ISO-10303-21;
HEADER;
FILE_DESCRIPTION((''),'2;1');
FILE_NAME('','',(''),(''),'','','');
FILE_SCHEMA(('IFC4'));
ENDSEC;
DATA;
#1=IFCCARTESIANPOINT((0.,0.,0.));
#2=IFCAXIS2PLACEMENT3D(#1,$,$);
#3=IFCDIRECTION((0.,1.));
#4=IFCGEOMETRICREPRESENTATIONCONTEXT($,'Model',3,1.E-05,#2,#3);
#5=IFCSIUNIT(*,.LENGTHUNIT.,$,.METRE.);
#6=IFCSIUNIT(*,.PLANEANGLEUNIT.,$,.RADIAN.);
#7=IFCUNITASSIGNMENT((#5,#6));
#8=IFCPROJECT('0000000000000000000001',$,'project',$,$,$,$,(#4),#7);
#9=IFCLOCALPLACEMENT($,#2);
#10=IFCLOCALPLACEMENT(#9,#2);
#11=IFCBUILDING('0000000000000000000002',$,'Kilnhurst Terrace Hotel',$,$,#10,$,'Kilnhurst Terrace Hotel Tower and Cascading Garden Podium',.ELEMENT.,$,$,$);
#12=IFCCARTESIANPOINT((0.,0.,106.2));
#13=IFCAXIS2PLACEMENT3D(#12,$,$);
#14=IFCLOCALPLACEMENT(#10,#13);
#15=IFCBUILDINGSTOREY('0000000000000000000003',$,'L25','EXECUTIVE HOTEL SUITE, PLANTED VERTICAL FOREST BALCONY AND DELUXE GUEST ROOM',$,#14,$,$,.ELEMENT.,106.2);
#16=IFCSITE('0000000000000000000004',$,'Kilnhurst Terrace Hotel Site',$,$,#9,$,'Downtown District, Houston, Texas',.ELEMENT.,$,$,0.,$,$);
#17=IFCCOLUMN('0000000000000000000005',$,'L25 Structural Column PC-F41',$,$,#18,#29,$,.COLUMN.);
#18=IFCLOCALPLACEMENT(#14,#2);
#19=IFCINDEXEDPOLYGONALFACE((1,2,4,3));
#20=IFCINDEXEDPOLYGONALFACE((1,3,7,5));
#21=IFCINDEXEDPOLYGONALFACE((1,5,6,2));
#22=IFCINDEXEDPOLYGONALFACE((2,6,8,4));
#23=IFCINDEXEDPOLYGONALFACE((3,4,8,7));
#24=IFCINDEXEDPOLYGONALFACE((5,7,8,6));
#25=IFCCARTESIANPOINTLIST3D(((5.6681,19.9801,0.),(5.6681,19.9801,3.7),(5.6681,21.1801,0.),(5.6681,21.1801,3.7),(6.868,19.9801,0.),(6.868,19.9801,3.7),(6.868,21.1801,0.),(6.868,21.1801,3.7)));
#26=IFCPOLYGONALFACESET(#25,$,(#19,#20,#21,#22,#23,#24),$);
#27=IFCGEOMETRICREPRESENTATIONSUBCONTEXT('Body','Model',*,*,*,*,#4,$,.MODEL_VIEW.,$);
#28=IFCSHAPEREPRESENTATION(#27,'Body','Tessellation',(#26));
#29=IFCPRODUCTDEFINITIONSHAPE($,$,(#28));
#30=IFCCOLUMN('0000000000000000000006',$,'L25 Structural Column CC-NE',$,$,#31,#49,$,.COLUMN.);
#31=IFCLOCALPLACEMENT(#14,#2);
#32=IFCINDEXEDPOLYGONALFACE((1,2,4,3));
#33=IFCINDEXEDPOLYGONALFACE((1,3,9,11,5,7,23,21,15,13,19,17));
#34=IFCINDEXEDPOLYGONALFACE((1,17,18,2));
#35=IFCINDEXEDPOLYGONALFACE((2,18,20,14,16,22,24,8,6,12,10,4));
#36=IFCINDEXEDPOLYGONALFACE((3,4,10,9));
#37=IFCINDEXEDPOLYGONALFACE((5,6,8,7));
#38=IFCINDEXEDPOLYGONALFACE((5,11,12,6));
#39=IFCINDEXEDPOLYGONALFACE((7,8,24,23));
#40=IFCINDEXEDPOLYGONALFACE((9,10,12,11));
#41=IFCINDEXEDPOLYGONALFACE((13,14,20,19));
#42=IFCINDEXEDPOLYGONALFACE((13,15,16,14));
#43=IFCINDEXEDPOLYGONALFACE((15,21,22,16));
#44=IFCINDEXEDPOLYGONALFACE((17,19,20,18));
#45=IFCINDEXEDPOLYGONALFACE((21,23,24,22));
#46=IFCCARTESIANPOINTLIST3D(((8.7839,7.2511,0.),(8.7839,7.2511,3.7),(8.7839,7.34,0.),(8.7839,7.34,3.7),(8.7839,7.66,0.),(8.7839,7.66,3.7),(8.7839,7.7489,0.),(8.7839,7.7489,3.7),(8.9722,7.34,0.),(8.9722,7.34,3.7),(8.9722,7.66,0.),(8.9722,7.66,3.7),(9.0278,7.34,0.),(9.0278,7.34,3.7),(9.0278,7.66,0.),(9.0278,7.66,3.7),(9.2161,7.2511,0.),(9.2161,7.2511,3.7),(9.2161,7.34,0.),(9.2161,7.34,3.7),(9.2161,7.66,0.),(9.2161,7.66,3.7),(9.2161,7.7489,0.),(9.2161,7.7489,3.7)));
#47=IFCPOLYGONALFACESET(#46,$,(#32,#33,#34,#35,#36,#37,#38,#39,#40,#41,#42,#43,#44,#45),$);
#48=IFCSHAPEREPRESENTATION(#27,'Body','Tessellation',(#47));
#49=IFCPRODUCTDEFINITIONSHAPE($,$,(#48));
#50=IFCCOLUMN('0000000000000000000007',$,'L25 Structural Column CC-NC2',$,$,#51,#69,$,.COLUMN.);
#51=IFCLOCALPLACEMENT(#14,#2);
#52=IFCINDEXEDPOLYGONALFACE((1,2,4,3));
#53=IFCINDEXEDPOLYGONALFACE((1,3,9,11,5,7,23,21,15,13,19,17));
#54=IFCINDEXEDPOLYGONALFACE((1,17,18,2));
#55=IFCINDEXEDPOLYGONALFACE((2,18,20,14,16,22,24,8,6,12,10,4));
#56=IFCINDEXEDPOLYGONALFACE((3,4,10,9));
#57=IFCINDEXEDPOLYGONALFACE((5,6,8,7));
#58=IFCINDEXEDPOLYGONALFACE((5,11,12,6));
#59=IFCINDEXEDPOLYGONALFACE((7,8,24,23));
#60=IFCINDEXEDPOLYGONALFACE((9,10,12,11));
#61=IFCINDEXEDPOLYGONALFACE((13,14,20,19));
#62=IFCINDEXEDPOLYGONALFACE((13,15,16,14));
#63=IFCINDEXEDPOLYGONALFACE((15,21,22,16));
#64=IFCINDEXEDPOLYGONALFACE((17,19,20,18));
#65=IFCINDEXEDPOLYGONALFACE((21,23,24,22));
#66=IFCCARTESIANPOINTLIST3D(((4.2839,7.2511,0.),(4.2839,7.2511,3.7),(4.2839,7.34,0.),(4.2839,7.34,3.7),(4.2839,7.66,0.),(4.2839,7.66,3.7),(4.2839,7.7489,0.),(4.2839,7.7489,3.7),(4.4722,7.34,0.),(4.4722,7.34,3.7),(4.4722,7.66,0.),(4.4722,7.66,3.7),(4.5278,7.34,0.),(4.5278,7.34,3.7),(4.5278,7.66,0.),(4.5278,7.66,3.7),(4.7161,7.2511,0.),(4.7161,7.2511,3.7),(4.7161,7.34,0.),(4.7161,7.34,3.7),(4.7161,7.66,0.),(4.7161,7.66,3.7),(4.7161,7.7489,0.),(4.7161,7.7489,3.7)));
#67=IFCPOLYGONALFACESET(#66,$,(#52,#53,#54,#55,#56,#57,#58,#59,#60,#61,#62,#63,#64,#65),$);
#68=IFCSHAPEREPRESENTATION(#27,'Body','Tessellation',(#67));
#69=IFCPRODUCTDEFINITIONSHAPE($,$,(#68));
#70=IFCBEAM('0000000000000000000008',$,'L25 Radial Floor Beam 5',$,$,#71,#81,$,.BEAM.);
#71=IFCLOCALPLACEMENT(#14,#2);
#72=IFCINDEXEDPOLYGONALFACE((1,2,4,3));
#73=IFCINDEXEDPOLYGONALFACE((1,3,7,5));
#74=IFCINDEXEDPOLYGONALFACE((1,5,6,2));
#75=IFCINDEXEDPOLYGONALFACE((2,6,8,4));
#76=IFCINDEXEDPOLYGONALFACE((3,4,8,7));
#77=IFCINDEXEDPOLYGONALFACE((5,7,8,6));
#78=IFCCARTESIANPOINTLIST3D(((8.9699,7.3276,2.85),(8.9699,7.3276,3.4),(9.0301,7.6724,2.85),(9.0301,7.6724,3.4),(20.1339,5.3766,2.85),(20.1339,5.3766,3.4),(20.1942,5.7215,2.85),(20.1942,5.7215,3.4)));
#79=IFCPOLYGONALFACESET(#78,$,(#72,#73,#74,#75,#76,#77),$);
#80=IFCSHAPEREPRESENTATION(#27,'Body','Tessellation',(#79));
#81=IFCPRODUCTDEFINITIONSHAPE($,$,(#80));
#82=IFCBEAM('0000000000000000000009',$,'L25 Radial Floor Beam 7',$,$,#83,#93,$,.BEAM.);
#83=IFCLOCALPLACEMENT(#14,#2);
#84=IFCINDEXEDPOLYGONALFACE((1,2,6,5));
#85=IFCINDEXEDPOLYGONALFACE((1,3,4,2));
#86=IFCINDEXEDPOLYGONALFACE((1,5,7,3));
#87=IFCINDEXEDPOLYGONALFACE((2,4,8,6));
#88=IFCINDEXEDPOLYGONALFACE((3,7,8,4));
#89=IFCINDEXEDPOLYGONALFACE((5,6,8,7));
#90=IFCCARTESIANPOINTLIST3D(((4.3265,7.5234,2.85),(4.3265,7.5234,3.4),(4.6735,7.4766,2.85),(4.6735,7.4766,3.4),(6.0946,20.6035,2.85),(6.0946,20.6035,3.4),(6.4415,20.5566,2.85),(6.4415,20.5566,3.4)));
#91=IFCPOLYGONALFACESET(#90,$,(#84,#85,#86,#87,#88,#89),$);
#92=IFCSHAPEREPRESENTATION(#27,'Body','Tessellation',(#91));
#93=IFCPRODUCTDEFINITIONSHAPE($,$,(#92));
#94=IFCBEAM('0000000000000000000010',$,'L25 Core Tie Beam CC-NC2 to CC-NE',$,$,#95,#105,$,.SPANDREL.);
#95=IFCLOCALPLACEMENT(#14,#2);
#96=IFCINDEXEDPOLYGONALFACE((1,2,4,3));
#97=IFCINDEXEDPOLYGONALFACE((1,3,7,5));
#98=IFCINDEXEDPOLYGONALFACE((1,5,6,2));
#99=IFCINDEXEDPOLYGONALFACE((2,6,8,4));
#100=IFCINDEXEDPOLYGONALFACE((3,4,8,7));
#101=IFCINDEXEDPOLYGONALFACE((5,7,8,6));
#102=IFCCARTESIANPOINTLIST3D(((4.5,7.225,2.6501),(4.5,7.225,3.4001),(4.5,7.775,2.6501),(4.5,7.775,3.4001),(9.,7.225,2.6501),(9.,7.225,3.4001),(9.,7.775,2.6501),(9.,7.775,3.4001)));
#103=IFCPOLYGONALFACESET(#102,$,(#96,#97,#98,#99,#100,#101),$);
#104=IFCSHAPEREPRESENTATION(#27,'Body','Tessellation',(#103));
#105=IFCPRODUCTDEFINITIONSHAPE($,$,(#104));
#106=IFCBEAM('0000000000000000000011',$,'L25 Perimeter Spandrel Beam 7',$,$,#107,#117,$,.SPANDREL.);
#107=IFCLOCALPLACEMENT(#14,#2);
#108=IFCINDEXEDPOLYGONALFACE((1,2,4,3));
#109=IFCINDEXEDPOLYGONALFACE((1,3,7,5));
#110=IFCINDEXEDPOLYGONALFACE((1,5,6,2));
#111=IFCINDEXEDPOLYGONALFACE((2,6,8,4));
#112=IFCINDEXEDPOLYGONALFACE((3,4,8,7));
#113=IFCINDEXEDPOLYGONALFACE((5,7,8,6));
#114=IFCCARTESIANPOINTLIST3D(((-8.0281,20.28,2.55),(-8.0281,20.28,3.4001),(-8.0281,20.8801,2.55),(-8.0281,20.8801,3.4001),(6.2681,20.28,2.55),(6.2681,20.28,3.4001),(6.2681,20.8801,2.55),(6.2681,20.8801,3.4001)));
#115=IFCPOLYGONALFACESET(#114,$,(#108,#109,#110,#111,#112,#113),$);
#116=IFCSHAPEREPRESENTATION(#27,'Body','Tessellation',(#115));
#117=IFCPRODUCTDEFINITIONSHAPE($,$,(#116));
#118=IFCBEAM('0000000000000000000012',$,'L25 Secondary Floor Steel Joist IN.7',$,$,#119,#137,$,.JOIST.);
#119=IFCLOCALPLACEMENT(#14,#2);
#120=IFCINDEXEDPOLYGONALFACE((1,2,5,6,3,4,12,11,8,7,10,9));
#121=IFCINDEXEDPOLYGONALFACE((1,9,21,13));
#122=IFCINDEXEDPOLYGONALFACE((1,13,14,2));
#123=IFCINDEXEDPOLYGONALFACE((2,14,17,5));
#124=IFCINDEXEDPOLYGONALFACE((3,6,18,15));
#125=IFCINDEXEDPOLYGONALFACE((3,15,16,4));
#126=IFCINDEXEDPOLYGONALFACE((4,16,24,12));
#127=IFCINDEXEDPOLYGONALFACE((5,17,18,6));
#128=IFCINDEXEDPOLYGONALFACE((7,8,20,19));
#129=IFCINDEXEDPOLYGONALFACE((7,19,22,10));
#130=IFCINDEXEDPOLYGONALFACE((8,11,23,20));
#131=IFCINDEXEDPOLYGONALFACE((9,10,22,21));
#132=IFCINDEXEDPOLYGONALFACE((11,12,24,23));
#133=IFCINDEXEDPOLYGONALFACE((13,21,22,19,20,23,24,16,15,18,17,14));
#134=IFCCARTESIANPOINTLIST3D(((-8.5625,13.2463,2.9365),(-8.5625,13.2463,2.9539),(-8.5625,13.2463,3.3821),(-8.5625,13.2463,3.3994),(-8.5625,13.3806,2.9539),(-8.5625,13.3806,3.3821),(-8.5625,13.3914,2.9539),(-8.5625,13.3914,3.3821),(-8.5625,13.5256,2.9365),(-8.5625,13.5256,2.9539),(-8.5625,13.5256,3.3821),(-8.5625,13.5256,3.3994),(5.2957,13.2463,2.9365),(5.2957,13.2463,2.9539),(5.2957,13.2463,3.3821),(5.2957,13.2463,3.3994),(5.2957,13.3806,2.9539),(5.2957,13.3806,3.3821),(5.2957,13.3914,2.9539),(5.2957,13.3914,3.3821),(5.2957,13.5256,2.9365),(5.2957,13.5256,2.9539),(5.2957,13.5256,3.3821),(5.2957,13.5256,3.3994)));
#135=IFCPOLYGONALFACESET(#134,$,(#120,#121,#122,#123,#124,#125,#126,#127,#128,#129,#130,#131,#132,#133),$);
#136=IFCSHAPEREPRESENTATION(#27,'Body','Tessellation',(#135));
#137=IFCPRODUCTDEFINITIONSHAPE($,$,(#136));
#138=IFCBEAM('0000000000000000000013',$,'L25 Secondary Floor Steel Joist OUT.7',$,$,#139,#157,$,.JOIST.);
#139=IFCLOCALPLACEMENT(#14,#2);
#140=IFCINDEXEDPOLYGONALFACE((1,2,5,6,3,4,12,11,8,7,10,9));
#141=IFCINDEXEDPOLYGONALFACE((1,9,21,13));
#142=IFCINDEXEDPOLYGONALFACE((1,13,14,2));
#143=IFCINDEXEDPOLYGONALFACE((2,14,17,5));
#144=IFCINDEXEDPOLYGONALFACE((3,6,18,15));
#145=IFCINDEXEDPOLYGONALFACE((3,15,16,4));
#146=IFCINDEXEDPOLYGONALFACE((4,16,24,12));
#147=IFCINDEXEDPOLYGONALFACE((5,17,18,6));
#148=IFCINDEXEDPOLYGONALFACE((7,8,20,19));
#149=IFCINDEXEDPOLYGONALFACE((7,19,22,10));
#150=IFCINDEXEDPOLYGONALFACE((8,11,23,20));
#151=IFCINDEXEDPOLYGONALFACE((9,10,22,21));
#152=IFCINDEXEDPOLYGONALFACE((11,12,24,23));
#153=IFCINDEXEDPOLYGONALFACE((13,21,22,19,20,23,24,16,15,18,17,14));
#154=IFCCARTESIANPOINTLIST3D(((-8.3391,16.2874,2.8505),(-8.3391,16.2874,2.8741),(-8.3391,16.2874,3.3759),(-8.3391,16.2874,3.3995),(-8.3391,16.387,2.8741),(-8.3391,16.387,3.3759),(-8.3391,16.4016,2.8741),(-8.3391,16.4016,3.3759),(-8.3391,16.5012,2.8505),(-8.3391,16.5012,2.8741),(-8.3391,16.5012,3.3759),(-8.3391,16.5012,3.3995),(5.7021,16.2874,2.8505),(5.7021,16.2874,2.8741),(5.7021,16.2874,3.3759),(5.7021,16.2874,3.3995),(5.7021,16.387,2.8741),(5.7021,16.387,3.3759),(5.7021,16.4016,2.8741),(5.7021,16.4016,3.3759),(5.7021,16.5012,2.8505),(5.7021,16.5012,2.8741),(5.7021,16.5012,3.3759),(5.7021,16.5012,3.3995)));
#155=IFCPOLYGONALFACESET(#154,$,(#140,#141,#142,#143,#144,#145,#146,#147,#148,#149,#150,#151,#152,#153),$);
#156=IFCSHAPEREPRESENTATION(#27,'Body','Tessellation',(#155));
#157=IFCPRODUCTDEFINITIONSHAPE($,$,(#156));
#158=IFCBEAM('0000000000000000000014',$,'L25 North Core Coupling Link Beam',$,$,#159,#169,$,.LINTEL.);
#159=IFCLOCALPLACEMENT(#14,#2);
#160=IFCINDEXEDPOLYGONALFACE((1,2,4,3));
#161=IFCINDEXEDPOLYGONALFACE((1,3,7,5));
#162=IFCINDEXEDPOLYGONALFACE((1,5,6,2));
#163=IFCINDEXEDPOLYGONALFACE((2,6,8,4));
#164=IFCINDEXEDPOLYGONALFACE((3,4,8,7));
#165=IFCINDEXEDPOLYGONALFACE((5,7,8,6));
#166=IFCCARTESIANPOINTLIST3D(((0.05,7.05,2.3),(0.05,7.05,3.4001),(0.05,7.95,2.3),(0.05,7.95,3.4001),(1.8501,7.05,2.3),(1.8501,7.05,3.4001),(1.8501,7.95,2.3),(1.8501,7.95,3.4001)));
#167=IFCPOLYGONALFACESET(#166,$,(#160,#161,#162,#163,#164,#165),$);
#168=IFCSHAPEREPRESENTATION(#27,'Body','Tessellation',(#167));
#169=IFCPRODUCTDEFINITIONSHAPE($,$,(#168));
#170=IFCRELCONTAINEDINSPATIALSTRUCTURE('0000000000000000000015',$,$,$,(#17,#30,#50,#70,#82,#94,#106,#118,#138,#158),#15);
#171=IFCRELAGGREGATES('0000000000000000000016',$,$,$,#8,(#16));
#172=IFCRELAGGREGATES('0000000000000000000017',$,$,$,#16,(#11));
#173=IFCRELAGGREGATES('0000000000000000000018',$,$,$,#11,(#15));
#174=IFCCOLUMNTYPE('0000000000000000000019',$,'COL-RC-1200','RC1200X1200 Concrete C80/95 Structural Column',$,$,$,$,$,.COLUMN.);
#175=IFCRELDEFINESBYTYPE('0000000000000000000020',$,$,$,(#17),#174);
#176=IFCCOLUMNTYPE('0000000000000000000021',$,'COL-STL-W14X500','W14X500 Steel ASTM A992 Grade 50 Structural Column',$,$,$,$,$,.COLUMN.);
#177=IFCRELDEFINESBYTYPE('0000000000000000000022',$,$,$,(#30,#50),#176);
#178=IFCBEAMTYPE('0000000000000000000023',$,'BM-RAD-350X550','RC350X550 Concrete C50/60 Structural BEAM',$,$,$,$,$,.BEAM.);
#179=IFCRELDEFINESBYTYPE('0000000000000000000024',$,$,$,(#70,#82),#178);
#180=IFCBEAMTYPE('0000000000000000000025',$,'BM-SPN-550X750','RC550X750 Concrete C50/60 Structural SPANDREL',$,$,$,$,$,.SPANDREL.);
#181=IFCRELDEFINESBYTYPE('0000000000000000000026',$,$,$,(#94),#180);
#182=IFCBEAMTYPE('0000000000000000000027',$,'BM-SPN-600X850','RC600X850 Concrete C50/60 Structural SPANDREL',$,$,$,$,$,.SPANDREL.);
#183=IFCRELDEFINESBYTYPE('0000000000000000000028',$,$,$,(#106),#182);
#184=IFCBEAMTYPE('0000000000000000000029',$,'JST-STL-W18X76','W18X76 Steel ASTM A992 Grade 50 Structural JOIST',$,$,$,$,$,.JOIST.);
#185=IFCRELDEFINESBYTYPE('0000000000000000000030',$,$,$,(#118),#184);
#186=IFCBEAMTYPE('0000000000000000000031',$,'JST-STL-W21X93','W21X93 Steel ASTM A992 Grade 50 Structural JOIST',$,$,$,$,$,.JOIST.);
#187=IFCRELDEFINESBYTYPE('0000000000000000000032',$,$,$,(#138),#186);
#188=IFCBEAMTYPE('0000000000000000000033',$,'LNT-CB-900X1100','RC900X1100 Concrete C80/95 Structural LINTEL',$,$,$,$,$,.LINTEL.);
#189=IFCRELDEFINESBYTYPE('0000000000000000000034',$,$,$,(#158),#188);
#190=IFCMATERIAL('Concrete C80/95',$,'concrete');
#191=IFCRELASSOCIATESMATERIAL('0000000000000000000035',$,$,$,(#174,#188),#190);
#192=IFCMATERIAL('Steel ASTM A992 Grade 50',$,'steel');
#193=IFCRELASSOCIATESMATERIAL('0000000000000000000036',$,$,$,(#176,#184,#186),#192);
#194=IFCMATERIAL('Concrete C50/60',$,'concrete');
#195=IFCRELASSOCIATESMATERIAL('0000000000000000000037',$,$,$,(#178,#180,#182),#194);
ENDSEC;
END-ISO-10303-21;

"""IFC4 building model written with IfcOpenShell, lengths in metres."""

from ifc_helpers import new_model, si_unit, direction, frame, origin, origin_2d, place, context, subcontext, project, spatial, rectangle, i_section, extrude, material, material_profile, profile_set, type_object, element, save


model = new_model("IFC4")

# Units and contexts
model_context = context("Model", 3, precision=1e-05, world=origin(), true_north=direction((0.0, 1.0)))
body_context = subcontext(model_context, "Body", "Model", "MODEL_VIEW")
ifc_project = project(units=[si_unit("LENGTHUNIT", "METRE"), si_unit("PLANEANGLEUNIT", "RADIAN")], contexts=[model_context])

# Site, building, storey
site_placement = place(None, origin())
site = spatial("IfcSite", under=ifc_project, at=site_placement, Name="Kilnhurst Terrace Hotel Site", LongName="Downtown District, Houston, Texas", CompositionType="ELEMENT", RefElevation=0.0)
building_placement = place(site_placement, origin())
building = spatial("IfcBuilding", under=site, at=building_placement, Name="Kilnhurst Terrace Hotel", LongName="Kilnhurst Terrace Hotel Tower and Cascading Garden Podium", CompositionType="ELEMENT")
storey_placement = place(building_placement, frame((0.0, 0.0, 106.2)))
storey = spatial("IfcBuildingStorey", under=building, at=storey_placement, Name="L25", Description="EXECUTIVE HOTEL SUITE, PLANTED VERTICAL FOREST BALCONY AND DELUXE GUEST ROOM", CompositionType="ELEMENT", Elevation=106.2)

# Columns
ifc_material_1 = material(Name="Concrete C80/95", Category="concrete")
ifc_material_profile_1 = material_profile(ifc_material_1, rectangle(XDim=1.2, YDim=1.2, at=origin_2d()), Name="RC1200X1200")
ifc_profile_set_1 = profile_set([ifc_material_profile_1], Name="Concrete C80/95")
column_type_1 = type_object("IfcColumnType", Name="COL-RC-1200", Description="RC1200X1200 Concrete C80/95 Structural Column", PredefinedType="COLUMN", material=ifc_profile_set_1)
column_placement = place(storey_placement, frame((6.2681, 20.5801, 0.0), z_axis=(0.0, 0.0, 1.0), x_axis=(1.0, 0.0, 0.0)))
element("IfcColumn", 1, at=column_placement, inside=storey, type_object=column_type_1, Name="L25 Structural Column PC-F41", PredefinedType="COLUMN", context=body_context, shape_type="SweptSolid", body=[
    extrude(rectangle(XDim=1.2, YDim=1.2, at=origin_2d()), origin(), (0.0, 0.0, 1.0), 3.7),
])
ifc_material_2 = material(Name="Steel ASTM A992 Grade 50", Category="steel")
ifc_material_profile_2 = material_profile(ifc_material_2, i_section(OverallWidth=0.4321, OverallDepth=0.4978, WebThickness=0.0557, FlangeThickness=0.0889, at=origin_2d()), Name="W14X500")
ifc_profile_set_2 = profile_set([ifc_material_profile_2], Name="Steel ASTM A992 Grade 50")
column_type_2 = type_object("IfcColumnType", Name="COL-STL-W14X500", Description="W14X500 Steel ASTM A992 Grade 50 Structural Column", PredefinedType="COLUMN", material=ifc_profile_set_2)
for number, where, z_axis, x_axis, name in (
    (2, (9.0, 7.5, 0.0), (0.0, 0.0, 1.0), (1.0, 0.0, 0.0), "L25 Structural Column CC-NE"),
    (3, (4.5, 7.5, 0.0), (0.0, 0.0, 1.0), (1.0, 0.0, 0.0), "L25 Structural Column CC-NC2"),
):
    element("IfcColumn", number, at=place(storey_placement, frame(where, z_axis=z_axis, x_axis=x_axis)), inside=storey, type_object=column_type_2, Name=name, PredefinedType="COLUMN", context=body_context, shape_type="SweptSolid", body=[
        extrude(i_section(OverallWidth=0.4321, OverallDepth=0.4978, WebThickness=0.0557, FlangeThickness=0.0889, at=origin_2d()), origin(), (0.0, 0.0, 1.0), 3.7),
    ])

# Beams
ifc_material_3 = material(Name="Concrete C50/60", Category="concrete")
ifc_material_profile_3 = material_profile(ifc_material_3, rectangle(XDim=0.3501, YDim=0.55, at=origin_2d()), Name="RC350X550")
ifc_profile_set_3 = profile_set([ifc_material_profile_3], Name="Concrete C50/60")
beam_type_1 = type_object("IfcBeamType", Name="BM-RAD-350X550", Description="RC350X550 Concrete C50/60 Structural BEAM", PredefinedType="BEAM", material=ifc_profile_set_3)
beam_1_placement = place(storey_placement, frame((9.0, 7.5, 3.125), z_axis=(0.985072, -0.172142, 0.0), x_axis=(0.172142, 0.985072, 0.0)))
element("IfcBeam", 4, at=beam_1_placement, inside=storey, type_object=beam_type_1, Name="L25 Radial Floor Beam 5", PredefinedType="BEAM", context=body_context, shape_type="SweptSolid", body=[
    extrude(rectangle(XDim=0.3501, YDim=0.55, at=origin_2d()), origin(), (0.0, 0.0, 1.0), 11.3333),
])
beam_2_placement = place(storey_placement, frame((4.5, 7.5, 3.125), z_axis=(0.133954, 0.990988, 0.0), x_axis=(-0.990988, 0.133954, 0.0)))
element("IfcBeam", 5, at=beam_2_placement, inside=storey, type_object=beam_type_1, Name="L25 Radial Floor Beam 7", PredefinedType="BEAM", context=body_context, shape_type="SweptSolid", body=[
    extrude(rectangle(XDim=0.3501, YDim=0.55, at=origin_2d()), origin(), (0.0, 0.0, 1.0), 13.199),
])
ifc_material_profile_4 = material_profile(ifc_material_3, rectangle(XDim=0.55, YDim=0.75, at=origin_2d()), Name="RC550X750")
ifc_profile_set_4 = profile_set([ifc_material_profile_4], Name="Concrete C50/60")
beam_type_2 = type_object("IfcBeamType", Name="BM-SPN-550X750", Description="RC550X750 Concrete C50/60 Structural SPANDREL", PredefinedType="SPANDREL", material=ifc_profile_set_4)
beam_3_placement = place(storey_placement, frame((4.5, 7.5, 3.0251), z_axis=(1.0, 0.0, 0.0), x_axis=(0.0, 1.0, 0.0)))
element("IfcBeam", 6, at=beam_3_placement, inside=storey, type_object=beam_type_2, Name="L25 Core Tie Beam CC-NC2 to CC-NE", PredefinedType="SPANDREL", context=body_context, shape_type="SweptSolid", body=[
    extrude(rectangle(XDim=0.55, YDim=0.75, at=origin_2d()), origin(), (0.0, 0.0, 1.0), 4.5),
])
ifc_material_profile_5 = material_profile(ifc_material_3, rectangle(XDim=0.6001, YDim=0.8501, at=origin_2d()), Name="RC600X850")
ifc_profile_set_5 = profile_set([ifc_material_profile_5], Name="Concrete C50/60")
beam_type_3 = type_object("IfcBeamType", Name="BM-SPN-600X850", Description="RC600X850 Concrete C50/60 Structural SPANDREL", PredefinedType="SPANDREL", material=ifc_profile_set_5)
beam_4_placement = place(storey_placement, frame((6.2681, 20.5801, 2.9751), z_axis=(-1.0, 0.0, 0.0), x_axis=(0.0, -1.0, 0.0)))
element("IfcBeam", 7, at=beam_4_placement, inside=storey, type_object=beam_type_3, Name="L25 Perimeter Spandrel Beam 7", PredefinedType="SPANDREL", context=body_context, shape_type="SweptSolid", body=[
    extrude(rectangle(XDim=0.6001, YDim=0.8501, at=origin_2d()), origin(), (0.0, 0.0, 1.0), 14.2961),
])
ifc_material_profile_6 = material_profile(ifc_material_2, i_section(OverallWidth=0.2793, OverallDepth=0.4629, WebThickness=0.0107, FlangeThickness=0.0173, at=origin_2d()), Name="W18X76")
ifc_profile_set_6 = profile_set([ifc_material_profile_6], Name="Steel ASTM A992 Grade 50")
beam_type_4 = type_object("IfcBeamType", Name="JST-STL-W18X76", Description="W18X76 Steel ASTM A992 Grade 50 Structural JOIST", PredefinedType="JOIST", material=ifc_profile_set_6)
beam_5_placement = place(storey_placement, frame((5.2957, 13.386, 3.168), z_axis=(-1.0, 0.0, 0.0), x_axis=(0.0, -1.0, 0.0)))
element("IfcBeam", 8, at=beam_5_placement, inside=storey, type_object=beam_type_4, Name="L25 Secondary Floor Steel Joist IN.7", PredefinedType="JOIST", context=body_context, shape_type="SweptSolid", body=[
    extrude(i_section(OverallWidth=0.2793, OverallDepth=0.4629, WebThickness=0.0107, FlangeThickness=0.0173, at=origin_2d()), origin(), (0.0, 0.0, 1.0), 13.8582),
])
ifc_material_profile_7 = material_profile(ifc_material_2, i_section(OverallWidth=0.2139, OverallDepth=0.5491, WebThickness=0.0146, FlangeThickness=0.0237, at=origin_2d()), Name="W21X93")
ifc_profile_set_7 = profile_set([ifc_material_profile_7], Name="Steel ASTM A992 Grade 50")
beam_type_5 = type_object("IfcBeamType", Name="JST-STL-W21X93", Description="W21X93 Steel ASTM A992 Grade 50 Structural JOIST", PredefinedType="JOIST", material=ifc_profile_set_7)
beam_6_placement = place(storey_placement, frame((5.7021, 16.3943, 3.125), z_axis=(-1.0, 0.0, 0.0), x_axis=(0.0, -1.0, 0.0)))
element("IfcBeam", 9, at=beam_6_placement, inside=storey, type_object=beam_type_5, Name="L25 Secondary Floor Steel Joist OUT.7", PredefinedType="JOIST", context=body_context, shape_type="SweptSolid", body=[
    extrude(i_section(OverallWidth=0.2139, OverallDepth=0.5491, WebThickness=0.0146, FlangeThickness=0.0237, at=origin_2d()), origin(), (0.0, 0.0, 1.0), 14.0413),
])
ifc_material_profile_8 = material_profile(ifc_material_1, rectangle(XDim=0.8999, YDim=1.1001, at=origin_2d()), Name="RC900X1100")
ifc_profile_set_8 = profile_set([ifc_material_profile_8], Name="Concrete C80/95")
beam_type_6 = type_object("IfcBeamType", Name="LNT-CB-900X1100", Description="RC900X1100 Concrete C80/95 Structural LINTEL", PredefinedType="LINTEL", material=ifc_profile_set_8)
beam_7_placement = place(storey_placement, frame((0.05, 7.5, 2.8501), z_axis=(1.0, 0.0, 0.0), x_axis=(0.0, 1.0, 0.0)))
element("IfcBeam", 10, at=beam_7_placement, inside=storey, type_object=beam_type_6, Name="L25 North Core Coupling Link Beam", PredefinedType="LINTEL", context=body_context, shape_type="SweptSolid", body=[
    extrude(rectangle(XDim=0.8999, YDim=1.1001, at=origin_2d()), origin(), (0.0, 0.0, 1.0), 1.8),
])

save(model, "model.ifc")
